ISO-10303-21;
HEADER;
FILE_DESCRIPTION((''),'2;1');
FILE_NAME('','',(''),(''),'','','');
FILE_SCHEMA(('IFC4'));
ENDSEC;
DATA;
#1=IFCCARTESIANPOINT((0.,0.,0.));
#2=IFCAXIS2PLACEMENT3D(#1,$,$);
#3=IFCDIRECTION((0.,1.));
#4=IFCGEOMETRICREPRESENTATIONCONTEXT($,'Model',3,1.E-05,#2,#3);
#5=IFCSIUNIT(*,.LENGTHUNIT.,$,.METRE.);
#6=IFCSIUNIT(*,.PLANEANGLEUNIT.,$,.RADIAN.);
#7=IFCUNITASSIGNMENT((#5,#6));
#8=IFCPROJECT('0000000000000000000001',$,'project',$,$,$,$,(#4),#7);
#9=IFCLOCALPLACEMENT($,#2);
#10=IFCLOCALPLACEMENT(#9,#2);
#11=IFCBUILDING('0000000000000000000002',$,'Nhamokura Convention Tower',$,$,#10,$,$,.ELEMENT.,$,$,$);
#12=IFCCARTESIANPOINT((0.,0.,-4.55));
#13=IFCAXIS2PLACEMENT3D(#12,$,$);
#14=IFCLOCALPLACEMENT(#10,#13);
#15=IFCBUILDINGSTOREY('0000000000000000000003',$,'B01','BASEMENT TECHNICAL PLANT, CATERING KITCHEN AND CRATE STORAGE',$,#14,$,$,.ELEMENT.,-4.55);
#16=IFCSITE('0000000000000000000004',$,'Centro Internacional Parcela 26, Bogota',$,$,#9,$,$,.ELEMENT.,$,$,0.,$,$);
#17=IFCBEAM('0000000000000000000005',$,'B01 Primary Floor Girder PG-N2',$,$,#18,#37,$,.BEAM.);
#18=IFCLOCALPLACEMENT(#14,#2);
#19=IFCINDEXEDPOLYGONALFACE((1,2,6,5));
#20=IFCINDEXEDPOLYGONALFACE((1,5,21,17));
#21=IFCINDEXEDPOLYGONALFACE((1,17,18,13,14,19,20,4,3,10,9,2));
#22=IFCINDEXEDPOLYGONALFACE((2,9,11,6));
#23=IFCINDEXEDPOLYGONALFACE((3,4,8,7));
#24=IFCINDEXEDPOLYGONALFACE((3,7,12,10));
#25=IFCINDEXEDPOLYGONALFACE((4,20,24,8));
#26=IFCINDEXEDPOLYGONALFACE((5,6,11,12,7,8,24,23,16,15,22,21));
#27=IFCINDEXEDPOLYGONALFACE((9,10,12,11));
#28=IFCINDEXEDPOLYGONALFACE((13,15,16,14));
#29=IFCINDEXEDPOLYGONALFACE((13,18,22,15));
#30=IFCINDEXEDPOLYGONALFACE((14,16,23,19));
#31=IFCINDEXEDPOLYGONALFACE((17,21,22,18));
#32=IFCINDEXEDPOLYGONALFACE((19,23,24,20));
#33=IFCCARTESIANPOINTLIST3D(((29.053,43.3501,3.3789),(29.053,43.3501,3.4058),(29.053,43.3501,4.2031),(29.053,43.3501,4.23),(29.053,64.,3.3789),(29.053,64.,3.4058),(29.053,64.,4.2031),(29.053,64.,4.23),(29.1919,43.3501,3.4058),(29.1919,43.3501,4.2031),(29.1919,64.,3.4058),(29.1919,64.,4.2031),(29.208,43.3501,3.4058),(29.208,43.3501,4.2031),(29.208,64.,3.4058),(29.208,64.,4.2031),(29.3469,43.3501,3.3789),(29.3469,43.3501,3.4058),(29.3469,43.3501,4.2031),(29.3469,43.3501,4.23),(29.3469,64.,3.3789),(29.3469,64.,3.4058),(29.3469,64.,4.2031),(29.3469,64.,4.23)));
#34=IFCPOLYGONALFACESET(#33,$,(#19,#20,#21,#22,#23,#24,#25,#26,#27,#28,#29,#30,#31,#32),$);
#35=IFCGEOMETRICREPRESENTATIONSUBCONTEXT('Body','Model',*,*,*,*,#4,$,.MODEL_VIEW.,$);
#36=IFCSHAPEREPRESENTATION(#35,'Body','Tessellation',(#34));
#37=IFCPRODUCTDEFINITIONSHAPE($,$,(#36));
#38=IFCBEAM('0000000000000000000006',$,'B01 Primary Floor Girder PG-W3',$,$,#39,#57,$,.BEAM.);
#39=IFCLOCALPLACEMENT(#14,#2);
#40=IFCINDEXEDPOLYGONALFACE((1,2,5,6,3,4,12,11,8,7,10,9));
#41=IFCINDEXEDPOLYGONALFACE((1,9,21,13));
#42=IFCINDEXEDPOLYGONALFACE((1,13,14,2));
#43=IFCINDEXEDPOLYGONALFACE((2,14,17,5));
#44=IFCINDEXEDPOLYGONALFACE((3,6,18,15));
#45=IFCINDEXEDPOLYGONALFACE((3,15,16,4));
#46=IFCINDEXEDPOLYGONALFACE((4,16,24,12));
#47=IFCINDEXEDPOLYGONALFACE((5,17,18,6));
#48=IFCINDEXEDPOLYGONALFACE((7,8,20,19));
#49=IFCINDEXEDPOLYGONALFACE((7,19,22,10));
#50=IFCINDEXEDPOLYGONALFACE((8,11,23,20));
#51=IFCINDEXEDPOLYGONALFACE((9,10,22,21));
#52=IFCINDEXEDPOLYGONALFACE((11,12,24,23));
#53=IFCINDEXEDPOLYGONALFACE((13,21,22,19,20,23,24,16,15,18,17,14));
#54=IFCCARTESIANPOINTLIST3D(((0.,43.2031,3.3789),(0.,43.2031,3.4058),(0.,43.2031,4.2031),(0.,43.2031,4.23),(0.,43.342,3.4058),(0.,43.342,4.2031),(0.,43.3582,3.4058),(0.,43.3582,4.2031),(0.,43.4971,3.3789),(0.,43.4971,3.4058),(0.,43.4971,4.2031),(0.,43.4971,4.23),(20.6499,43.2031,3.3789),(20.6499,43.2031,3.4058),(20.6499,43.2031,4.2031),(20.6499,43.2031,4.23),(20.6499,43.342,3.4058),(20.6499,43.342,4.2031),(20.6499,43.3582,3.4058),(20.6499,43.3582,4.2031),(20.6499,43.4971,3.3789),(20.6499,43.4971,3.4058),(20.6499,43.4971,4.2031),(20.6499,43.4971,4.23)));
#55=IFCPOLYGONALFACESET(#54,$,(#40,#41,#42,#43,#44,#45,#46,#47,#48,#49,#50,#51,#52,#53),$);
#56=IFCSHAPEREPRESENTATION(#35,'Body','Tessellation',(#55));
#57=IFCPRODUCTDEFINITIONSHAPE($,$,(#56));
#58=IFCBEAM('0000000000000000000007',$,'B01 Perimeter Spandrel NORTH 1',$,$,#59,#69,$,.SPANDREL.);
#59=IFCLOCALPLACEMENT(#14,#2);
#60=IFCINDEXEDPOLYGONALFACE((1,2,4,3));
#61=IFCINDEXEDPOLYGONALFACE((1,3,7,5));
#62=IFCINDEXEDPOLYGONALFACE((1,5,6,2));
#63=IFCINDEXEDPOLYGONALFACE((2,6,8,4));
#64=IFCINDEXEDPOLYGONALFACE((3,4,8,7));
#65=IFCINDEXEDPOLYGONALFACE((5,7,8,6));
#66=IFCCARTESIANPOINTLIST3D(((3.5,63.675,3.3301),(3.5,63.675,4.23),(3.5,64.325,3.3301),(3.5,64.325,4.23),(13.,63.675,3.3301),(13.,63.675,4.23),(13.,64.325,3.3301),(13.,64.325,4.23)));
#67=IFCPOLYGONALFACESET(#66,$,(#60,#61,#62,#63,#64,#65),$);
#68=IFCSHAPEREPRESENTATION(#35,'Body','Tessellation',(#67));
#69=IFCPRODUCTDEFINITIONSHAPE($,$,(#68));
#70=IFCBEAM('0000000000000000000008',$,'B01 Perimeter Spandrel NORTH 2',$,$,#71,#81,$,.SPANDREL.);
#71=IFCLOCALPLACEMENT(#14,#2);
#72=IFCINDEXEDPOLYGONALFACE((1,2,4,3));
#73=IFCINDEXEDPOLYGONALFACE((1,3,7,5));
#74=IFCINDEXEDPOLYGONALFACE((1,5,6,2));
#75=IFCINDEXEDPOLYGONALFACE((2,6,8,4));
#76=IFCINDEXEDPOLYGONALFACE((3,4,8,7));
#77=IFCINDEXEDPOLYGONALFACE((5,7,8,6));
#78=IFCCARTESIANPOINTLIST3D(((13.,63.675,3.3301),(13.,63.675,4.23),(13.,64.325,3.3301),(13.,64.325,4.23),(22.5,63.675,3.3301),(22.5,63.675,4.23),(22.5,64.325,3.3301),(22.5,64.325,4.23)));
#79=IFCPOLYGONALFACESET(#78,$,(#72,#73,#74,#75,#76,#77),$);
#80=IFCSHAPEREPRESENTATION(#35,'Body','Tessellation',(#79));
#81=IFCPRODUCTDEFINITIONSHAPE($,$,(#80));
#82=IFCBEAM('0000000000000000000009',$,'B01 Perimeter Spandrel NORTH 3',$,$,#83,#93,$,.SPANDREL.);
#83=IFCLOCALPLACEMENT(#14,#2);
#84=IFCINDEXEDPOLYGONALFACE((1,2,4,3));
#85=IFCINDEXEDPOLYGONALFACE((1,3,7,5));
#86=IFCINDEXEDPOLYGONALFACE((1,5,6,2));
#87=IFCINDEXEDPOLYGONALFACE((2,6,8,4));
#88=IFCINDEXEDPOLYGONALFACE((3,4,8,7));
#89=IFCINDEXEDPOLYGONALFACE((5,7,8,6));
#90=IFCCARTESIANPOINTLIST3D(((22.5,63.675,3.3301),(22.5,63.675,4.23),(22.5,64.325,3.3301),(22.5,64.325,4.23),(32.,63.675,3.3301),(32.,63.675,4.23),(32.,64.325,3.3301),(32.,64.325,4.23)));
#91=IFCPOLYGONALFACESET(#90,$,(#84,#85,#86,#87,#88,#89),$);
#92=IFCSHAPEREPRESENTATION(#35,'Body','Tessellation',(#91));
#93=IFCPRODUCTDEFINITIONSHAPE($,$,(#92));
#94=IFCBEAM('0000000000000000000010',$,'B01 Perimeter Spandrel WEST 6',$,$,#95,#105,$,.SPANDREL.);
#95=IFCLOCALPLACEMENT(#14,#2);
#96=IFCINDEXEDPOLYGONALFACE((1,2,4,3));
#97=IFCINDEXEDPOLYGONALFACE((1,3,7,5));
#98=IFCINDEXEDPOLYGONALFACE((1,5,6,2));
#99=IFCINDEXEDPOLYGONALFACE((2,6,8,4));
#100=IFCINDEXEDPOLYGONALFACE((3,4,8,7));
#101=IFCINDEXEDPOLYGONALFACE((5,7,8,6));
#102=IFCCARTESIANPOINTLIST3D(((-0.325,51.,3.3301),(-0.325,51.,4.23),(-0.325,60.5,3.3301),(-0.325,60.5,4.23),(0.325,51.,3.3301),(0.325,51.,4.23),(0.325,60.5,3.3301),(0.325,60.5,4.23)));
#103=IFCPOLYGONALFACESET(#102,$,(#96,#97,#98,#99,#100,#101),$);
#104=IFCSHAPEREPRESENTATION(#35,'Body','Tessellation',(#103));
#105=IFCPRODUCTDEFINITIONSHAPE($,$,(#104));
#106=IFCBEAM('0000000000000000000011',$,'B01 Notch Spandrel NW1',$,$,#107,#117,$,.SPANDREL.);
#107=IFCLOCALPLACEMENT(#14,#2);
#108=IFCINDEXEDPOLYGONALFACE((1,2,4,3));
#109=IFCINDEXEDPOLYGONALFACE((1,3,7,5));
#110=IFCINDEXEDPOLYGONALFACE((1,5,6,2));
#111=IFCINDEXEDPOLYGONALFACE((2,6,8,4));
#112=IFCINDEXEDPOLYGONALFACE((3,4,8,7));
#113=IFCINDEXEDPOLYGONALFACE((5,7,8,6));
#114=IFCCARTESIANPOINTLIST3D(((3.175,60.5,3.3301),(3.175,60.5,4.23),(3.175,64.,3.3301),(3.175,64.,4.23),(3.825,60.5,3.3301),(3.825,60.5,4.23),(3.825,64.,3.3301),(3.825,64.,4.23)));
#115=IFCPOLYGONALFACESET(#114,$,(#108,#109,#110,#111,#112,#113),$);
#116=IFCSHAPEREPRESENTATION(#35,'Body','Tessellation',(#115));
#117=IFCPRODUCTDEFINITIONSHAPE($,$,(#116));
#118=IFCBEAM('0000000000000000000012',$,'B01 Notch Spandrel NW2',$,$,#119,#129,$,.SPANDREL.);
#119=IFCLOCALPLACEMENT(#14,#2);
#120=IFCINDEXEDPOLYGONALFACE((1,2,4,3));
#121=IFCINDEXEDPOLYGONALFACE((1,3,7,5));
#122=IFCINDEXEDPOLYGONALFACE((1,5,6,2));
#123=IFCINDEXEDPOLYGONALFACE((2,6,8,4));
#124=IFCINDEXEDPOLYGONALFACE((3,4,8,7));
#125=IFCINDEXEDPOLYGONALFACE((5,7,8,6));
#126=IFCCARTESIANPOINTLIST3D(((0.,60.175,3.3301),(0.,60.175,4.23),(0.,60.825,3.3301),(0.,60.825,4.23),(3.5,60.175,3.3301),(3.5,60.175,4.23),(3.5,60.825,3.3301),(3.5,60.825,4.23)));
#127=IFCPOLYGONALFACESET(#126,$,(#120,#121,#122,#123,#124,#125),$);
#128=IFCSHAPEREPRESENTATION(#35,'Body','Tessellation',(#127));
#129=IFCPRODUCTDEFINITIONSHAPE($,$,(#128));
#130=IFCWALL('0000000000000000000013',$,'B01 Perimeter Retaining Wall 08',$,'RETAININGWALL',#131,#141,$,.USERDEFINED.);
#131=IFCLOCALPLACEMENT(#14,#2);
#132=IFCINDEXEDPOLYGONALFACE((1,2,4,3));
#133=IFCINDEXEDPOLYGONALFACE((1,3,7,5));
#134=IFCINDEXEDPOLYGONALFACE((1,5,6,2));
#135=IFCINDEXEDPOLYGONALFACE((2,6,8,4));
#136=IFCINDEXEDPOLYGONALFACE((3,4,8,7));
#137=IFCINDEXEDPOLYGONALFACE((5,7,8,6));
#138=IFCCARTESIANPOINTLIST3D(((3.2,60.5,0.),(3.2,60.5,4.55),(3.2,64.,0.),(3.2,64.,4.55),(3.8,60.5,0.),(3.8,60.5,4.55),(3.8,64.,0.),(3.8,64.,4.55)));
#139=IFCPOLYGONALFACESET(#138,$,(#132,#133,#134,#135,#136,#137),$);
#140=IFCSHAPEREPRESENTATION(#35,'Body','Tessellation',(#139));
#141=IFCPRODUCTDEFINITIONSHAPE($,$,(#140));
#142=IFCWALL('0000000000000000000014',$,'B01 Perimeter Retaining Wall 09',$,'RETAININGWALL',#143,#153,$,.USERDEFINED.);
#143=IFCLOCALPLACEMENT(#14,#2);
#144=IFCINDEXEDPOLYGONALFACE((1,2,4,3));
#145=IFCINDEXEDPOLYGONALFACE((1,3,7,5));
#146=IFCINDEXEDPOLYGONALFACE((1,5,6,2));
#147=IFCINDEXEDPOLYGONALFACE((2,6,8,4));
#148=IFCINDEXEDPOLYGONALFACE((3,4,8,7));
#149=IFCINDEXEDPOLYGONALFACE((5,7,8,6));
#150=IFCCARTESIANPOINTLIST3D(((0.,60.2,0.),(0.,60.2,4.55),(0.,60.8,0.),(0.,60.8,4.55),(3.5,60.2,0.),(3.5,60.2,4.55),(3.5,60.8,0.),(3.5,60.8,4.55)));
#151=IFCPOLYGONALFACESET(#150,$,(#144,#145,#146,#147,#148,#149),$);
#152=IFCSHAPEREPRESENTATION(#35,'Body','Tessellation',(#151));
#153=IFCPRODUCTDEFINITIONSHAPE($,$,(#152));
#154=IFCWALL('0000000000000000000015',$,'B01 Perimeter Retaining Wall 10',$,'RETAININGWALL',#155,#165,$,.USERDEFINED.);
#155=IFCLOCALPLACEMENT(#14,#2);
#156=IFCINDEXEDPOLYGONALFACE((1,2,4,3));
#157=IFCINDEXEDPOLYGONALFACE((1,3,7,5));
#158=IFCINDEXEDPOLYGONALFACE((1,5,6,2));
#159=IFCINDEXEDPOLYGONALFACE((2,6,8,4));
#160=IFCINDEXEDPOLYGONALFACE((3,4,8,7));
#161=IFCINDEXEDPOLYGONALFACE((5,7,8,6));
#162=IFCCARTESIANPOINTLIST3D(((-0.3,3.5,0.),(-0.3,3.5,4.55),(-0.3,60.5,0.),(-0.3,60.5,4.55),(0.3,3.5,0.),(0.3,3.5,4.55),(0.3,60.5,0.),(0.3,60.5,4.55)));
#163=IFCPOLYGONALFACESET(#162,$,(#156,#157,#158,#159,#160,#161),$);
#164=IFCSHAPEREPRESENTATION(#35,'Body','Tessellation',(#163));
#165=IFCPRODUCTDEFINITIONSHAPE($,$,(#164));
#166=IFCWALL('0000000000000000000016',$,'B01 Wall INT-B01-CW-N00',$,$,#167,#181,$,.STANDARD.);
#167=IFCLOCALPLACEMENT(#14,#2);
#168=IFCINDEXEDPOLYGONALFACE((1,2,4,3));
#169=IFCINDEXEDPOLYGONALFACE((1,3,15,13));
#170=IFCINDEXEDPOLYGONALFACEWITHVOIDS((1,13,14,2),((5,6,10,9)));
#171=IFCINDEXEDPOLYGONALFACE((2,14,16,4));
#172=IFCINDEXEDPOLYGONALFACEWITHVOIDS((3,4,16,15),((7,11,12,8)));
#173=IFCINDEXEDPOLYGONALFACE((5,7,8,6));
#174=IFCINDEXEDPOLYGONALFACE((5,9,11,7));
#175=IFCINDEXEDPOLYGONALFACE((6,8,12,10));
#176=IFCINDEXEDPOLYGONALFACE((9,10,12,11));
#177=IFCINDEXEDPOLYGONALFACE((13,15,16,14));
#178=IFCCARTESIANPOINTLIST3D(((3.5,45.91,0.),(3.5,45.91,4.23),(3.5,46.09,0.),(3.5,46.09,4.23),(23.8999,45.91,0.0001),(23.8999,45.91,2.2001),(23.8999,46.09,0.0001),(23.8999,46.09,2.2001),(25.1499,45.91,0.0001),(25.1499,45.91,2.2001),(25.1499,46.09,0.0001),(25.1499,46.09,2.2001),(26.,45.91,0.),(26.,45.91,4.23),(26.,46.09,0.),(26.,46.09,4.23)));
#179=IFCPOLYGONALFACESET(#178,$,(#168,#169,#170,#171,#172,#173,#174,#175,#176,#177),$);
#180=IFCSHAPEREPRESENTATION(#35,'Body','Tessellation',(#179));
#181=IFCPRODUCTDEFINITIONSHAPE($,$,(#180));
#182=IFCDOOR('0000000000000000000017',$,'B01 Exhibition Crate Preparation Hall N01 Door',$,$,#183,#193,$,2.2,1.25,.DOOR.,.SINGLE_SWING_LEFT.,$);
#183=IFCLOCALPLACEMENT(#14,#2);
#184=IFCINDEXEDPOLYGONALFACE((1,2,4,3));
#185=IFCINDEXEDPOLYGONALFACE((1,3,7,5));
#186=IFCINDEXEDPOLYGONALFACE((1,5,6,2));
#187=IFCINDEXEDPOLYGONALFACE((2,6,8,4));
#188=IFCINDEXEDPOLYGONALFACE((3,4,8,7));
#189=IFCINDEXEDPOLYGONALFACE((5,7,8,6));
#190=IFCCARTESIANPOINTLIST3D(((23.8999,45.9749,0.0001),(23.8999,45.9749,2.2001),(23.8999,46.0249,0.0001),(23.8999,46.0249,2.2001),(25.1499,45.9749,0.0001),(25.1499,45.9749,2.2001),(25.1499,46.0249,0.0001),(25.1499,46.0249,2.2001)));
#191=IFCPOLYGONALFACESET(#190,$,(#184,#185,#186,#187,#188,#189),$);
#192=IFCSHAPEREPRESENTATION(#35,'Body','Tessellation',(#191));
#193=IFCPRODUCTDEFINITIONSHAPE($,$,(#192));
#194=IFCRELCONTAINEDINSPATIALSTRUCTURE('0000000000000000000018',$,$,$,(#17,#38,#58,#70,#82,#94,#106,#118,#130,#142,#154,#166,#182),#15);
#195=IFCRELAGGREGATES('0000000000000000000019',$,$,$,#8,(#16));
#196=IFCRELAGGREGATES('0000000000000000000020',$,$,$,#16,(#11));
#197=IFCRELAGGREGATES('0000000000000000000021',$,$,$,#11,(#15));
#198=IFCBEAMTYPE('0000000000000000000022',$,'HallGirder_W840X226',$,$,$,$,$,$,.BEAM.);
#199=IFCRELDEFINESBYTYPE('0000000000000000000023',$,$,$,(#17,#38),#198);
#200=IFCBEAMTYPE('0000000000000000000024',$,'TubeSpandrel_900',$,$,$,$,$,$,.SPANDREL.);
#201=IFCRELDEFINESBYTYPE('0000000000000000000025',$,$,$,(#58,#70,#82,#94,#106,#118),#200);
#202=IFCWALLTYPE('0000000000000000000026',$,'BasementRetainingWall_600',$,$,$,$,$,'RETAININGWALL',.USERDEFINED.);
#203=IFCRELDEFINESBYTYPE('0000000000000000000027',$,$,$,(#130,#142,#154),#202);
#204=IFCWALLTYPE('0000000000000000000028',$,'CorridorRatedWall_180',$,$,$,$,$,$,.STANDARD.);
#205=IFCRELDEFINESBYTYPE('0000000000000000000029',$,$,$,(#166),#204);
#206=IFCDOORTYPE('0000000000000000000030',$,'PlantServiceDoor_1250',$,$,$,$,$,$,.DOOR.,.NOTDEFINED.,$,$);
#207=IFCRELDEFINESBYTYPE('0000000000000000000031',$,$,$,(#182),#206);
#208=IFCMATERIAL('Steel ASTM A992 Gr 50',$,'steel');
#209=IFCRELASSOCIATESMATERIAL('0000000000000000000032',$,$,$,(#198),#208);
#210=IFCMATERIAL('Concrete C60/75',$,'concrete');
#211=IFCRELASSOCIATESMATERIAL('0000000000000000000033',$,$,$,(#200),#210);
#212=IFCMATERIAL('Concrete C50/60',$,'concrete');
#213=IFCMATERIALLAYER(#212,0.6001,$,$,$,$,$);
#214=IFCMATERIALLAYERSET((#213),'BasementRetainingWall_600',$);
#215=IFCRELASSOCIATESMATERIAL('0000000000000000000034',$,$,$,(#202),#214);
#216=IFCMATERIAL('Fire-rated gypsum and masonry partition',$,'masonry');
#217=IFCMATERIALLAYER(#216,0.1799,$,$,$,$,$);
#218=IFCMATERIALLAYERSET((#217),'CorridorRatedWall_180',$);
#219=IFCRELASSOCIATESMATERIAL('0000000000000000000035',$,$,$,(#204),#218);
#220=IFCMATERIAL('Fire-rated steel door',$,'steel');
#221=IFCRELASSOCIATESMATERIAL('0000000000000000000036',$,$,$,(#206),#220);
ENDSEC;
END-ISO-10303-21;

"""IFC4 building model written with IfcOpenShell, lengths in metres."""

from ifc_helpers import new_model, si_unit, direction, frame, frame_2d, origin, origin_2d, place, context, subcontext, project, spatial, rectangle, i_section, extrude, material, layer, layer_set, material_profile, profile_set, type_object, element, fill, save


model = new_model("IFC4")

# Units and contexts
model_context = context("Model", 3, precision=1e-05, world=origin(), true_north=direction((0.0, 1.0)))
body_context = subcontext(model_context, "Body", "Model", "MODEL_VIEW")
ifc_project = project(units=[si_unit("LENGTHUNIT", "METRE"), si_unit("PLANEANGLEUNIT", "RADIAN")], contexts=[model_context])

# Site, building, storey
site_placement = place(None, origin())
site = spatial("IfcSite", under=ifc_project, at=site_placement, Name="Centro Internacional Parcela 26, Bogota", CompositionType="ELEMENT", RefElevation=0.0)
building_placement = place(site_placement, origin())
building = spatial("IfcBuilding", under=site, at=building_placement, Name="Nhamokura Convention Tower", CompositionType="ELEMENT")
storey_placement = place(building_placement, frame((0.0, 0.0, -4.55)))
storey = spatial("IfcBuildingStorey", under=building, at=storey_placement, Name="B01", Description="BASEMENT TECHNICAL PLANT, CATERING KITCHEN AND CRATE STORAGE", CompositionType="ELEMENT", Elevation=-4.55)

# Beams
ifc_material_1 = material(Name="Steel ASTM A992 Gr 50", Category="steel")
ifc_material_profile_1 = material_profile(ifc_material_1, i_section(OverallWidth=0.2939, OverallDepth=0.8511, WebThickness=0.0161, FlangeThickness=0.0269, at=origin_2d()))
ifc_profile_set_1 = profile_set([ifc_material_profile_1], Name="Steel ASTM A992 Gr 50")
beam_type_1 = type_object("IfcBeamType", Name="HallGirder_W840X226", PredefinedType="BEAM", material=ifc_profile_set_1)
for number, where, z_axis, x_axis, name in (
    (1, (29.2, 43.3501, 3.8044), (0.0, 1.0, 0.0), (-1.0, 0.0, 0.0), "B01 Primary Floor Girder PG-N2"),
    (2, (0.0, 43.3501, 3.8044), (1.0, 0.0, 0.0), (0.0, 1.0, 0.0), "B01 Primary Floor Girder PG-W3"),
):
    element("IfcBeam", number, at=place(storey_placement, frame(where, z_axis=z_axis, x_axis=x_axis)), inside=storey, type_object=beam_type_1, Name=name, PredefinedType="BEAM", context=body_context, shape_type="SweptSolid", body=[
        extrude(i_section(OverallWidth=0.2939, OverallDepth=0.8511, WebThickness=0.0161, FlangeThickness=0.0269, at=origin_2d()), origin(), (0.0, 0.0, 1.0), 20.6499),
    ])
ifc_material_2 = material(Name="Concrete C60/75", Category="concrete")
ifc_material_profile_2 = material_profile(ifc_material_2, rectangle(XDim=0.6499, YDim=0.8999, at=origin_2d()))
ifc_profile_set_2 = profile_set([ifc_material_profile_2], Name="Concrete C60/75")
beam_type_2 = type_object("IfcBeamType", Name="TubeSpandrel_900", PredefinedType="SPANDREL", material=ifc_profile_set_2)
for number, where, z_axis, x_axis, name in (
    (3, (3.5, 64.0, 3.78), (1.0, 0.0, 0.0), (0.0, 1.0, 0.0), "B01 Perimeter Spandrel NORTH 1"),
    (4, (13.0, 64.0, 3.78), (1.0, 0.0, 0.0), (0.0, 1.0, 0.0), "B01 Perimeter Spandrel NORTH 2"),
    (5, (22.5, 64.0, 3.78), (1.0, 0.0, 0.0), (0.0, 1.0, 0.0), "B01 Perimeter Spandrel NORTH 3"),
    (6, (0.0, 51.0, 3.78), (0.0, 1.0, 0.0), (-1.0, 0.0, 0.0), "B01 Perimeter Spandrel WEST 6"),
):
    element("IfcBeam", number, at=place(storey_placement, frame(where, z_axis=z_axis, x_axis=x_axis)), inside=storey, type_object=beam_type_2, Name=name, PredefinedType="SPANDREL", context=body_context, shape_type="SweptSolid", body=[
        extrude(rectangle(XDim=0.6499, YDim=0.8999, at=origin_2d()), origin(), (0.0, 0.0, 1.0), 9.5),
    ])
for number, where, z_axis, x_axis, name in (
    (7, (3.5, 64.0, 3.78), (0.0, -1.0, 0.0), (1.0, 0.0, 0.0), "B01 Notch Spandrel NW1"),
    (8, (3.5, 60.5, 3.78), (-1.0, 0.0, 0.0), (0.0, -1.0, 0.0), "B01 Notch Spandrel NW2"),
):
    element("IfcBeam", number, at=place(storey_placement, frame(where, z_axis=z_axis, x_axis=x_axis)), inside=storey, type_object=beam_type_2, Name=name, PredefinedType="SPANDREL", context=body_context, shape_type="SweptSolid", body=[
        extrude(rectangle(XDim=0.6499, YDim=0.8999, at=origin_2d()), origin(), (0.0, 0.0, 1.0), 3.5),
    ])

# Walls
ifc_material_3 = material(Name="Concrete C50/60", Category="concrete")
ifc_layer_1 = layer(ifc_material_3, 0.6001)
ifc_layer_set_1 = layer_set([ifc_layer_1], Name="BasementRetainingWall_600")
wall_type_1 = type_object("IfcWallType", Name="BasementRetainingWall_600", ElementType="RETAININGWALL", PredefinedType="USERDEFINED", material=ifc_layer_set_1)
for number, where, z_axis, x_axis, name in (
    (9, (3.5, 64.0, 0.0), (0.0, 0.0, 1.0), (0.0, -1.0, 0.0), "B01 Perimeter Retaining Wall 08"),
    (10, (3.5, 60.5, 0.0), (0.0, 0.0, 1.0), (-1.0, 0.0, 0.0), "B01 Perimeter Retaining Wall 09"),
):
    element("IfcWall", number, at=place(storey_placement, frame(where, z_axis=z_axis, x_axis=x_axis)), inside=storey, type_object=wall_type_1, Name=name, ObjectType="RETAININGWALL", PredefinedType="USERDEFINED", context=body_context, shape_type="SweptSolid", body=[
        extrude(rectangle(XDim=3.5, YDim=0.6001, at=frame_2d((1.75, 0.0))), origin(), (0.0, 0.0, 1.0), 4.55),
    ])
wall_1_placement = place(storey_placement, frame((0.0, 60.5, 0.0), z_axis=(0.0, 0.0, 1.0), x_axis=(0.0, -1.0, 0.0)))
element("IfcWall", 11, at=wall_1_placement, inside=storey, type_object=wall_type_1, Name="B01 Perimeter Retaining Wall 10", ObjectType="RETAININGWALL", PredefinedType="USERDEFINED", context=body_context, shape_type="SweptSolid", body=[
    extrude(rectangle(XDim=57.0, YDim=0.6001, at=frame_2d((28.5, 0.0))), origin(), (0.0, 0.0, 1.0), 4.55),
])

# Wall, opening, door
ifc_material_4 = material(Name="Fire-rated gypsum and masonry partition", Category="masonry")
ifc_layer_2 = layer(ifc_material_4, 0.1799)
ifc_layer_set_2 = layer_set([ifc_layer_2], Name="CorridorRatedWall_180")
wall_type_2 = type_object("IfcWallType", Name="CorridorRatedWall_180", PredefinedType="STANDARD", material=ifc_layer_set_2)
wall_2_placement = place(storey_placement, frame((3.5, 46.0, 0.0), z_axis=(0.0, 0.0, 1.0), x_axis=(1.0, 0.0, 0.0)))
wall_2 = element("IfcWall", 12, at=wall_2_placement, inside=storey, type_object=wall_type_2, Name="B01 Wall INT-B01-CW-N00", PredefinedType="STANDARD", context=body_context, shape_type="SweptSolid", body=[
    extrude(rectangle(XDim=22.5, YDim=0.1799, at=frame_2d((11.25, 0.0))), origin(), (0.0, 0.0, 1.0), 4.23),
])
opening_1_placement = place(wall_2_placement, frame((20.3999, 0.0, 0.0)))
opening_1 = element("IfcOpeningElement", 13, at=opening_1_placement, cuts=wall_2, PredefinedType="OPENING", context=body_context, shape_type="SweptSolid", body=[
    extrude(rectangle(XDim=1.25, YDim=2.2, at=frame_2d((0.625, 1.1001))), frame((0.0, 0.0999, 0.0), z_axis=(0.0, -1.0, 0.0), x_axis=(1.0, 0.0, 0.0)), (0.0, 0.0, 1.0), 0.2),
])
ifc_material_5 = material(Name="Fire-rated steel door", Category="steel")
door_type = type_object("IfcDoorType", Name="PlantServiceDoor_1250", OperationType="NOTDEFINED", PredefinedType="DOOR", material=ifc_material_5)
door_1_placement = place(opening_1_placement, origin())
door_1 = element("IfcDoor", 14, at=door_1_placement, inside=storey, type_object=door_type, Name="B01 Exhibition Crate Preparation Hall N01 Door", OperationType="SINGLE_SWING_LEFT", OverallHeight=2.2, OverallWidth=1.25, PredefinedType="DOOR", context=body_context, shape_type="SweptSolid", body=[
    extrude(rectangle(XDim=1.25, YDim=2.2, at=frame_2d((0.625, 1.1001))), frame((0.0, 0.0249, 0.0), z_axis=(0.0, -1.0, 0.0), x_axis=(1.0, 0.0, 0.0)), (0.0, 0.0, 1.0), 0.05),
])
fill(opening_1, door_1)

save(model, "model.ifc")
